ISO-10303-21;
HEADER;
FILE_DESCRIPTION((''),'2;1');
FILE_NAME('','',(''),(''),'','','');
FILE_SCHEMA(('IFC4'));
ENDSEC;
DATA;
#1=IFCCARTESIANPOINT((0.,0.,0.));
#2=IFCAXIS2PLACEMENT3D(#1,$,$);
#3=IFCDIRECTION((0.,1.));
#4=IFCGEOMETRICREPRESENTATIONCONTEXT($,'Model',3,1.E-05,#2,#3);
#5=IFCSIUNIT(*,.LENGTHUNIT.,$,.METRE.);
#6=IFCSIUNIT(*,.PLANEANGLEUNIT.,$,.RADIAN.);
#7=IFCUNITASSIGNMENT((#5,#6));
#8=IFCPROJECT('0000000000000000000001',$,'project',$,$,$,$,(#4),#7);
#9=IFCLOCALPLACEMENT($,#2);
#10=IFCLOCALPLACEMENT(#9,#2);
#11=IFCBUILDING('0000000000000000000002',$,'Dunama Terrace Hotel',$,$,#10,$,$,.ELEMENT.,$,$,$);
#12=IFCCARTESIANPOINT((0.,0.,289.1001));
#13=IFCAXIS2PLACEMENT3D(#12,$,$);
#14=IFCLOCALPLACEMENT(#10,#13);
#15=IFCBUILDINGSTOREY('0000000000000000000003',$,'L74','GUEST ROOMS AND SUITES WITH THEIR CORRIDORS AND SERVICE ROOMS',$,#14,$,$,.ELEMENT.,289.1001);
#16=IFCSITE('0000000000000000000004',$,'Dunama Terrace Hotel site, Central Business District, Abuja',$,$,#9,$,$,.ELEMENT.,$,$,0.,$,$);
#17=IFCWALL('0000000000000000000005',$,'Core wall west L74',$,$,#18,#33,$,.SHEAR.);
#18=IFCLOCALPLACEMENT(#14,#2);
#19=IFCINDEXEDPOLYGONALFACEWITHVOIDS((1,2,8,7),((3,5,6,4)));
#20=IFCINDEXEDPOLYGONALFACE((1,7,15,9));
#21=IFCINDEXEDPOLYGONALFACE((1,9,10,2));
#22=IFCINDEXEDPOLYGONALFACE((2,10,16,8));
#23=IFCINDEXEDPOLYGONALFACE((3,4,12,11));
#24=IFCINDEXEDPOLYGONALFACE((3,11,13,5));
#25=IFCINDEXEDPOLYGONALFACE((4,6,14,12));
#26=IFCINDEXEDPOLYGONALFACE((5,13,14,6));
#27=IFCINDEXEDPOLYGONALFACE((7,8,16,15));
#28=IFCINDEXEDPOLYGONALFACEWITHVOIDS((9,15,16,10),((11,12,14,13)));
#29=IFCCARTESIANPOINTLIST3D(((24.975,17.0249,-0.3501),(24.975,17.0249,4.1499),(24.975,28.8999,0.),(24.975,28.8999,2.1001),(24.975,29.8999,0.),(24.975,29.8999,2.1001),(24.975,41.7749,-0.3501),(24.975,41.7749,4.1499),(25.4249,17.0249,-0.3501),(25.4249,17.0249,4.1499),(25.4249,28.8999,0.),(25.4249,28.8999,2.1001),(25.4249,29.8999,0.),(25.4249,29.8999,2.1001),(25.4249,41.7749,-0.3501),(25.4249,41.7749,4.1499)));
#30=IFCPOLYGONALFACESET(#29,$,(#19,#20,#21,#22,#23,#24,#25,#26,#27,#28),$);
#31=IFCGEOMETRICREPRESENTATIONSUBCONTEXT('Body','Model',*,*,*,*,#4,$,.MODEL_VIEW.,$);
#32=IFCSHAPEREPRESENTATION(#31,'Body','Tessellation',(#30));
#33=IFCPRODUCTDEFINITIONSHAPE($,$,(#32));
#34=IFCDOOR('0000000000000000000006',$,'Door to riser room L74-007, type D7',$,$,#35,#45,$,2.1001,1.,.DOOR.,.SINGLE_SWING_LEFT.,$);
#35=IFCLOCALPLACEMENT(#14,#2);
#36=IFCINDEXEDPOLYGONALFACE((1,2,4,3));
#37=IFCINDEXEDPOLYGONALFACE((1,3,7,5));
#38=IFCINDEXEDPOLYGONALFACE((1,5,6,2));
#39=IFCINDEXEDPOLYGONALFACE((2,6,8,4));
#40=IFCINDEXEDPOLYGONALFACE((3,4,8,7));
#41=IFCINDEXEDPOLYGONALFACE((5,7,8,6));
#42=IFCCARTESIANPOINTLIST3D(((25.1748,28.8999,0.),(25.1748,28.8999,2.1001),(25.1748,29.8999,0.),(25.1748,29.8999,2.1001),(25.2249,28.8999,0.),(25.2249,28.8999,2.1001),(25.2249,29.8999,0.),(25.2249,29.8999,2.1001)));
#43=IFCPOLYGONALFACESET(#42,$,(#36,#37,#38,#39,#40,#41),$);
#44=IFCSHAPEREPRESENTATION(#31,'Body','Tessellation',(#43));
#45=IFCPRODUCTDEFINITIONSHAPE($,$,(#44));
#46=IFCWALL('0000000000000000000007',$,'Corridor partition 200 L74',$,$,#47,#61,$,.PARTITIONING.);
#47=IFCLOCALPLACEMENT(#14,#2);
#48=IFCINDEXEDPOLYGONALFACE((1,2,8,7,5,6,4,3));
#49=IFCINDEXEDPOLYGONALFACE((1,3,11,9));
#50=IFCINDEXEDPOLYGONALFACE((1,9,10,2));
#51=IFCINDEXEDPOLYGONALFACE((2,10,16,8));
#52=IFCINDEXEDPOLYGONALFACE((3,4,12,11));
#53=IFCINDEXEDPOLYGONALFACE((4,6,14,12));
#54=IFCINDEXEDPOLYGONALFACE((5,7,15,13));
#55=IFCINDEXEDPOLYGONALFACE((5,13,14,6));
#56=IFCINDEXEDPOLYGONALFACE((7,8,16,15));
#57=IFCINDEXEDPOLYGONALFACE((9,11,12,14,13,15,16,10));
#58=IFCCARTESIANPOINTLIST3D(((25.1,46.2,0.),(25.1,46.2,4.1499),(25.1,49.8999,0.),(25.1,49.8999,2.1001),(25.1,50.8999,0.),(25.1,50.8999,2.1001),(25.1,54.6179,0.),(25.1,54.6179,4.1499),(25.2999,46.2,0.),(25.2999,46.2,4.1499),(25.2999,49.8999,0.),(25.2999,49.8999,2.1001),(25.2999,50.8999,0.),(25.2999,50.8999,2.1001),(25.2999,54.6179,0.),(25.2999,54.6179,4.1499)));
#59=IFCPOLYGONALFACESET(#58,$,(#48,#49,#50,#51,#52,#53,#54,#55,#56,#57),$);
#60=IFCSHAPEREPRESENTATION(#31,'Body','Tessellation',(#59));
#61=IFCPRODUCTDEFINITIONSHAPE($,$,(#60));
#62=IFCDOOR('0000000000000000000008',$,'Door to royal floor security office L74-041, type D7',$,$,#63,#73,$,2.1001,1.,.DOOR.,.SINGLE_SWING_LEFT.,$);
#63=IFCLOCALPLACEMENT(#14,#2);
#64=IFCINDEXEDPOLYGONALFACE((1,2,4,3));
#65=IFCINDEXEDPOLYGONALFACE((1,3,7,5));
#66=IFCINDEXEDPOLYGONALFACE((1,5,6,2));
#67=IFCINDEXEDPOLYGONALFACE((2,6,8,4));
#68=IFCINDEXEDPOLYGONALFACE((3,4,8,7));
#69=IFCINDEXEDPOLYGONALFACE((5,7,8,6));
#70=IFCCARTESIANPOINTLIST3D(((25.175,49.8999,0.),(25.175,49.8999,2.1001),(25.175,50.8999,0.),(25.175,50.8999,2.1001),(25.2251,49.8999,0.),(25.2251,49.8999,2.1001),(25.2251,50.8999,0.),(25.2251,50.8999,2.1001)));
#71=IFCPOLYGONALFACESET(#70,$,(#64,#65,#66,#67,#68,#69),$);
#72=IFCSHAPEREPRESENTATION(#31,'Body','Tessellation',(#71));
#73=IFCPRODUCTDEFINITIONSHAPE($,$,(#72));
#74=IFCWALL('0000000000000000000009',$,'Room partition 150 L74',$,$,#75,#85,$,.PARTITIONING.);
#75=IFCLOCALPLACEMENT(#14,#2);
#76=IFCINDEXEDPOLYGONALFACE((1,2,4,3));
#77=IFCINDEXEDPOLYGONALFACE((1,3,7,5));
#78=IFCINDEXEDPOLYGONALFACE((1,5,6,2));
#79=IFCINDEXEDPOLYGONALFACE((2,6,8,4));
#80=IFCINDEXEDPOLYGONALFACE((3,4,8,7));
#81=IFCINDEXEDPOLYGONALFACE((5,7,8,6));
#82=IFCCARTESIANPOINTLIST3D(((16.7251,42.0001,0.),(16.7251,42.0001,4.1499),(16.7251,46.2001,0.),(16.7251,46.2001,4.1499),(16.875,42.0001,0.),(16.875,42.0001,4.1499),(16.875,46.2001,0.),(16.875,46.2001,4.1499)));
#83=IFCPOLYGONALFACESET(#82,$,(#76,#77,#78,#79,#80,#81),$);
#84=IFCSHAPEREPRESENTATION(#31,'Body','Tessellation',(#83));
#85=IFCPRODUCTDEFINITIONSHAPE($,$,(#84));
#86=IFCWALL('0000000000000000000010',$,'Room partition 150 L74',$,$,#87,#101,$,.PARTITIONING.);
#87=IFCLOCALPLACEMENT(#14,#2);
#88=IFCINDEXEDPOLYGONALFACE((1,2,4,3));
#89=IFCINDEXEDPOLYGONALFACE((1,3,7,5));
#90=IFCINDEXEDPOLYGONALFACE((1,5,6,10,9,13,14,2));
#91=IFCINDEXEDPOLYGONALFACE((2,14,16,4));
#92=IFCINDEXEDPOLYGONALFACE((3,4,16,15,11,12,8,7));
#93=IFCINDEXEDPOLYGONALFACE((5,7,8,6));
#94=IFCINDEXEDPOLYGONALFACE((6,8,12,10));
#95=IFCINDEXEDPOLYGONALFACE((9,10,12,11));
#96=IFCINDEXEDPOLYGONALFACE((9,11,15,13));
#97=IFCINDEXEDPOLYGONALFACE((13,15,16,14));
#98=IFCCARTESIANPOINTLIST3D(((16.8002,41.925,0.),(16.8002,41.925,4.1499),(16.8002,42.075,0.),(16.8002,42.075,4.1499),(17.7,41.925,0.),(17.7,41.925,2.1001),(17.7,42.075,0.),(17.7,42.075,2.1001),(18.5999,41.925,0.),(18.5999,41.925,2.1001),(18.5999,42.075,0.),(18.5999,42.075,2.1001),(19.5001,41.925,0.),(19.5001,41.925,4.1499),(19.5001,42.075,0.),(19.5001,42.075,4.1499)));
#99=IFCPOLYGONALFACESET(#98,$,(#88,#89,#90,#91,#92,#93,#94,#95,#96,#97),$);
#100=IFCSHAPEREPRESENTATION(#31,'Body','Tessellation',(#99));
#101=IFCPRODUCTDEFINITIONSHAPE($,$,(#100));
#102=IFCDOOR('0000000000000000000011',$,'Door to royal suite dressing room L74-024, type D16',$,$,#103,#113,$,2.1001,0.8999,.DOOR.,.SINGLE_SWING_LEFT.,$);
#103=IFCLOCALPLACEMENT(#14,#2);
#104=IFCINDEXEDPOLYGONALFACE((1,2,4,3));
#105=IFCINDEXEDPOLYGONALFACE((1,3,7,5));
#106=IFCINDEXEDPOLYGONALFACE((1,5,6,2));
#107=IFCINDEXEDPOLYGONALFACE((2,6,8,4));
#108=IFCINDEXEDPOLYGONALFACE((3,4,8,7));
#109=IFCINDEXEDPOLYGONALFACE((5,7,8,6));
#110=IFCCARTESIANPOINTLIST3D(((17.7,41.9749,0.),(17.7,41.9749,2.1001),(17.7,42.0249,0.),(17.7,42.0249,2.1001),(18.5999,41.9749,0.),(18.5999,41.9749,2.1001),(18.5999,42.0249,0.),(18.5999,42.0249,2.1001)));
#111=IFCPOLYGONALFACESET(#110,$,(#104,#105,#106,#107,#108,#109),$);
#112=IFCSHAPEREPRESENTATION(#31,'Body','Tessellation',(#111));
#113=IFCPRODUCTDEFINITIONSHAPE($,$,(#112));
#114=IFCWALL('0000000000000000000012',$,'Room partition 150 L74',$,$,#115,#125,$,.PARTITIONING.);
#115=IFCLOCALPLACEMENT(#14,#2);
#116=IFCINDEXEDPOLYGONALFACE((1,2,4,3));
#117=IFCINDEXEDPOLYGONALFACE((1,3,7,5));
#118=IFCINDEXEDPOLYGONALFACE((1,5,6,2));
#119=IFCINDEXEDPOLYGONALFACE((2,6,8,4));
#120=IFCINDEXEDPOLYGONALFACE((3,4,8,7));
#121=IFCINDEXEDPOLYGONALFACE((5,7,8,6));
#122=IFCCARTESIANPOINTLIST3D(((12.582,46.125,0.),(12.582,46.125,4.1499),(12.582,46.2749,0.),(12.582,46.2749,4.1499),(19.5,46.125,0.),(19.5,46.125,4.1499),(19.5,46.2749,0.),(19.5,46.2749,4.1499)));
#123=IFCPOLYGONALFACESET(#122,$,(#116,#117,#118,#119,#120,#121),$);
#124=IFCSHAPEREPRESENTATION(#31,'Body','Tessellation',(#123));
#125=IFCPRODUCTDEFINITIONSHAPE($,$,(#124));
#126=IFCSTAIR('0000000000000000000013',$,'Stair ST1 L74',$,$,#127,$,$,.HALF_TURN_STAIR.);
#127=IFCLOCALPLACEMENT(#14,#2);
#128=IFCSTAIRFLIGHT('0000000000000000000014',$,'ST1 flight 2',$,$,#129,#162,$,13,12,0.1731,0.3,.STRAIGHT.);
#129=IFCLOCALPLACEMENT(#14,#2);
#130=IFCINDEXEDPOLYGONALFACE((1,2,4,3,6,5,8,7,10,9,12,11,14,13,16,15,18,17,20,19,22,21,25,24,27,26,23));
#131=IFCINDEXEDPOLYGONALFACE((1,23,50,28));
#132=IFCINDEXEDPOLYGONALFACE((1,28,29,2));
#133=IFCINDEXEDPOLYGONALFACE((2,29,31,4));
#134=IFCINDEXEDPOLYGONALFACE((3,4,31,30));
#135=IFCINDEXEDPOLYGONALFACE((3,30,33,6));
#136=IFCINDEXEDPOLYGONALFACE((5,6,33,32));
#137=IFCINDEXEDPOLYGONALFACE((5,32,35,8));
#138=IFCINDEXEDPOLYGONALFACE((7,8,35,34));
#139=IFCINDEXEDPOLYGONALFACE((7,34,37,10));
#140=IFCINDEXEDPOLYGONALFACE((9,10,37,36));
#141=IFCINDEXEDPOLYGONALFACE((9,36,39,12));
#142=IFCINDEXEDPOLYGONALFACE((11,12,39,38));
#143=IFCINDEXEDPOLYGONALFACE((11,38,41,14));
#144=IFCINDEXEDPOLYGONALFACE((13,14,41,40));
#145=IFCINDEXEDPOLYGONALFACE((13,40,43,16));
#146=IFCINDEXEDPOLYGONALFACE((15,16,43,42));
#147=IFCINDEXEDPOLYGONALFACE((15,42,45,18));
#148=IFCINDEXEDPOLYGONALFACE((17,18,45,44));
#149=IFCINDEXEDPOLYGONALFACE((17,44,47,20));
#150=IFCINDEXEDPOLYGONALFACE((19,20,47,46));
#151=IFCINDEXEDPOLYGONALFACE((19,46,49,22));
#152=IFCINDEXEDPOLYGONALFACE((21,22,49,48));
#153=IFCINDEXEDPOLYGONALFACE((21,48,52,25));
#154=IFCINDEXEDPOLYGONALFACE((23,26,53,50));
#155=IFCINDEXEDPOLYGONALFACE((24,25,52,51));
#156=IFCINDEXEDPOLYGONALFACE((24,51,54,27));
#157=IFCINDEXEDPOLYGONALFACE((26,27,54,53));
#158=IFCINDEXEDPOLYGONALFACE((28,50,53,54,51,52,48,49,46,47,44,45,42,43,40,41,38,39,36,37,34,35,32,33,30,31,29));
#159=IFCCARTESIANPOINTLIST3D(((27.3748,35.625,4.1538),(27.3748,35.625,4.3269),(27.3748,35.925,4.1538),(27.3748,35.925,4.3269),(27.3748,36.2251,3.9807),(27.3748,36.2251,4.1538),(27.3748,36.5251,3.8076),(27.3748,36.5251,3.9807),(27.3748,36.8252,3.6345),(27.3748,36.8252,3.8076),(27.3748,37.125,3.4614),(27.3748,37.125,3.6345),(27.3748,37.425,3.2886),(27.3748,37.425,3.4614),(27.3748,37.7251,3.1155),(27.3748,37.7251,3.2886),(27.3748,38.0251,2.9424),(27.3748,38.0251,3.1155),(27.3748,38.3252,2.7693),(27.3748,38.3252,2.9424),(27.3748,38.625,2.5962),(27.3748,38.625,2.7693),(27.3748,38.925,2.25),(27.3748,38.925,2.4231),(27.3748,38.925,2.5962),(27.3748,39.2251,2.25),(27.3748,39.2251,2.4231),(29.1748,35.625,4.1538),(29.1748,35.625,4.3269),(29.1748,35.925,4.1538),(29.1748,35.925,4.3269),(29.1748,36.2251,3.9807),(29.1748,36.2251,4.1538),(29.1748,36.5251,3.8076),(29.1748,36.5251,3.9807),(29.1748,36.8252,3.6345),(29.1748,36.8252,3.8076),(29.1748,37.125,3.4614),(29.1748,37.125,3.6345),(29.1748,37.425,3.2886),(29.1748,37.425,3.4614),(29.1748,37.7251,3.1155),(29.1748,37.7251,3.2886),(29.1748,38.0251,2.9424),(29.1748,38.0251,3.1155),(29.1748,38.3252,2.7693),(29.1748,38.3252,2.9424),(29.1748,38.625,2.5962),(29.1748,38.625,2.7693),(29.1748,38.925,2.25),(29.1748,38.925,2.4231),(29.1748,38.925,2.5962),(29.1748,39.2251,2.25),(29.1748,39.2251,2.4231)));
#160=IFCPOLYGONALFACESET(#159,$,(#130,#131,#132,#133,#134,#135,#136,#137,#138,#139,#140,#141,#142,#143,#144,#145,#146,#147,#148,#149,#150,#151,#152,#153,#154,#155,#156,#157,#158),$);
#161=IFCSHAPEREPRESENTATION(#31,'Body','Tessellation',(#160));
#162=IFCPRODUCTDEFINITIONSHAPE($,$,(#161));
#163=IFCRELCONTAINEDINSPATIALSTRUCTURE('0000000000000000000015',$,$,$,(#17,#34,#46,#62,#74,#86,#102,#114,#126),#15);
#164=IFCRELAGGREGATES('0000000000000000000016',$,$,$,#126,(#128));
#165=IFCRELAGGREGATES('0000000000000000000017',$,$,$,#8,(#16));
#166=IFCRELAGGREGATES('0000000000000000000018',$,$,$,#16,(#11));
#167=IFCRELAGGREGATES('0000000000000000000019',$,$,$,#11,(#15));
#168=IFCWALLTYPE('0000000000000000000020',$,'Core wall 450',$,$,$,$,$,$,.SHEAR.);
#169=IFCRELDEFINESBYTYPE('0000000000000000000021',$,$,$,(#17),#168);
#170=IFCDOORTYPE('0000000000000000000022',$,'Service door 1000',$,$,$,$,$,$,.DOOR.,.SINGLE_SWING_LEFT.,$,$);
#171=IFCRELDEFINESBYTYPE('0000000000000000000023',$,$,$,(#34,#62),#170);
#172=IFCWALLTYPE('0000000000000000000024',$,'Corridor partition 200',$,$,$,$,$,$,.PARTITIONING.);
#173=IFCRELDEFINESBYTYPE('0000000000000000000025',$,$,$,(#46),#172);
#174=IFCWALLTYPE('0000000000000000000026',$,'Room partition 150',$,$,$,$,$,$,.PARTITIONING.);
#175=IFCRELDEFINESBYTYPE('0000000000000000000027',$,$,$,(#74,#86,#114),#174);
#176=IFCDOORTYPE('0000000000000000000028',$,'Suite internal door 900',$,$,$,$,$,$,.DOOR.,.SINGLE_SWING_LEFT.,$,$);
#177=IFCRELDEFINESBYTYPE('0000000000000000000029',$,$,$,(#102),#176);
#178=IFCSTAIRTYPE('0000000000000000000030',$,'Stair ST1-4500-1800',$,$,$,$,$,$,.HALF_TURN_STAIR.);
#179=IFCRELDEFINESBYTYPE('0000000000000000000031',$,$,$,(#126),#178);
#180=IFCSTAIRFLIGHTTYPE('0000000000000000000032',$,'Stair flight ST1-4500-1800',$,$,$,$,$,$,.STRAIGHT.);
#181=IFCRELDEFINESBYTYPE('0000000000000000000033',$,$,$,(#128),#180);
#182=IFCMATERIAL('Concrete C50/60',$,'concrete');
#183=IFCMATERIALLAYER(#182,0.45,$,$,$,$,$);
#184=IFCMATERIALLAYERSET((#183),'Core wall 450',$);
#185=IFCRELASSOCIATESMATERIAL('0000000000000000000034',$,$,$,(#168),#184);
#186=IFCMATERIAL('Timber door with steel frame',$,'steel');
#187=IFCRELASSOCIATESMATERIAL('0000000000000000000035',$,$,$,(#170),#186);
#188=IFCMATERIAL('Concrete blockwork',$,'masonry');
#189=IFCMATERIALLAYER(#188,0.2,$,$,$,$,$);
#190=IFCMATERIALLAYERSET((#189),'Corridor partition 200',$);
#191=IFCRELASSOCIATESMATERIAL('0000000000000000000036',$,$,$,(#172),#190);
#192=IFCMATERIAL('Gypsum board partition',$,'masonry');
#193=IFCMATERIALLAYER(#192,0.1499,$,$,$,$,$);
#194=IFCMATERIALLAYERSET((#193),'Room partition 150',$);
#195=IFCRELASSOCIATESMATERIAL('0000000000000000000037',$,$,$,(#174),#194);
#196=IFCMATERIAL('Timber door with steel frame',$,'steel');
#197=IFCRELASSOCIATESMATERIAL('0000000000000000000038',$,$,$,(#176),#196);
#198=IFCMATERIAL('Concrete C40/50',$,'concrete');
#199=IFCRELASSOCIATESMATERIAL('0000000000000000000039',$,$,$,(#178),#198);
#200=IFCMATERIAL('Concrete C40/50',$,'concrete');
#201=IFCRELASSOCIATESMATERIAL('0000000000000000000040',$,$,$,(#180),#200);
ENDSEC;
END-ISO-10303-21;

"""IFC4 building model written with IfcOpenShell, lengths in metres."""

from ifc_helpers import new_model, si_unit, direction, frame, frame_2d, origin, place, context, subcontext, project, spatial, polyline, rectangle, outline, extrude, material, layer, layer_set, type_object, element, fill, aggregate, save


model = new_model("IFC4")

# Units and contexts
model_context = context("Model", 3, precision=1e-05, world=origin(), true_north=direction((0.0, 1.0)))
body_context = subcontext(model_context, "Body", "Model", "MODEL_VIEW")
ifc_project = project(units=[si_unit("LENGTHUNIT", "METRE"), si_unit("PLANEANGLEUNIT", "RADIAN")], contexts=[model_context])

# Site, building, storey
site_placement = place(None, origin())
site = spatial("IfcSite", under=ifc_project, at=site_placement, Name="Dunama Terrace Hotel site, Central Business District, Abuja", CompositionType="ELEMENT", RefElevation=0.0)
building_placement = place(site_placement, origin())
building = spatial("IfcBuilding", under=site, at=building_placement, Name="Dunama Terrace Hotel", CompositionType="ELEMENT")
storey_placement = place(building_placement, frame((0.0, 0.0, 289.1001)))
storey = spatial("IfcBuildingStorey", under=building, at=storey_placement, Name="L74", Description="GUEST ROOMS AND SUITES WITH THEIR CORRIDORS AND SERVICE ROOMS", CompositionType="ELEMENT", Elevation=289.1001)

# Walls, openings, doors
ifc_material_1 = material(Name="Concrete C50/60", Category="concrete")
ifc_layer_1 = layer(ifc_material_1, 0.45)
ifc_layer_set_1 = layer_set([ifc_layer_1], Name="Core wall 450")
wall_type_1 = type_object("IfcWallType", Name="Core wall 450", PredefinedType="SHEAR", material=ifc_layer_set_1)
wall_1_placement = place(storey_placement, frame((25.2, 41.7749, -0.3501), z_axis=(0.0, 0.0, 1.0), x_axis=(0.0, -1.0, 0.0)))
wall_1 = element("IfcWall", 1, at=wall_1_placement, inside=storey, type_object=wall_type_1, Name="Core wall west L74", PredefinedType="SHEAR", context=body_context, shape_type="SweptSolid", body=[
    extrude(rectangle(XDim=24.75, YDim=0.45, at=frame_2d((12.375, 0.0))), origin(), (0.0, 0.0, 1.0), 4.5),
])
opening_1_placement = place(wall_1_placement, frame((11.875, 0.0, 0.3501)))
opening_1 = element("IfcOpeningElement", 2, at=opening_1_placement, cuts=wall_1, PredefinedType="OPENING", context=body_context, shape_type="SweptSolid", body=[
    extrude(rectangle(XDim=1.0, YDim=2.1001, at=frame_2d((0.5, 1.05))), frame((0.0, 0.2349, 0.0), z_axis=(0.0, -1.0, 0.0), x_axis=(1.0, 0.0, 0.0)), (0.0, 0.0, 1.0), 0.47),
])
ifc_material_2 = material(Name="Timber door with steel frame", Category="steel")
door_type_1 = type_object("IfcDoorType", Name="Service door 1000", OperationType="SINGLE_SWING_LEFT", PredefinedType="DOOR", material=ifc_material_2)
door_1_placement = place(opening_1_placement, origin())
door_1 = element("IfcDoor", 3, at=door_1_placement, inside=storey, type_object=door_type_1, Name="Door to riser room L74-007, type D7", OperationType="SINGLE_SWING_LEFT", OverallHeight=2.1001, OverallWidth=1.0, PredefinedType="DOOR", context=body_context, shape_type="SweptSolid", body=[
    extrude(rectangle(XDim=1.0, YDim=2.1001, at=frame_2d((0.5, 1.05))), frame((0.0, 0.0249, 0.0), z_axis=(0.0, -1.0, 0.0), x_axis=(1.0, 0.0, 0.0)), (0.0, 0.0, 1.0), 0.05),
])
fill(opening_1, door_1)
ifc_material_3 = material(Name="Concrete blockwork", Category="masonry")
ifc_layer_2 = layer(ifc_material_3, 0.2)
ifc_layer_set_2 = layer_set([ifc_layer_2], Name="Corridor partition 200")
wall_type_2 = type_object("IfcWallType", Name="Corridor partition 200", PredefinedType="PARTITIONING", material=ifc_layer_set_2)
wall_2_placement = place(storey_placement, frame((25.2, 46.2, 0.0), z_axis=(0.0, 0.0, 1.0), x_axis=(0.0, 1.0, 0.0)))
wall_2 = element("IfcWall", 4, at=wall_2_placement, inside=storey, type_object=wall_type_2, Name="Corridor partition 200 L74", PredefinedType="PARTITIONING", context=body_context, shape_type="SweptSolid", body=[
    extrude(rectangle(XDim=8.418, YDim=0.2, at=frame_2d((4.209, 0.0))), origin(), (0.0, 0.0, 1.0), 4.1499),
])
opening_2_placement = place(wall_2_placement, frame((3.7, 0.0, 0.0)))
opening_2 = element("IfcOpeningElement", 5, at=opening_2_placement, cuts=wall_2, PredefinedType="OPENING", context=body_context, shape_type="SweptSolid", body=[
    extrude(rectangle(XDim=1.0, YDim=2.1001, at=frame_2d((0.5, 1.05))), frame((0.0, 0.1099, 0.0), z_axis=(0.0, -1.0, 0.0), x_axis=(1.0, 0.0, 0.0)), (0.0, 0.0, 1.0), 0.22),
])
door_2_placement = place(opening_2_placement, frame((1.0, 0.0, 0.0), z_axis=(0.0, 0.0, 1.0), x_axis=(-1.0, 0.0, 0.0)))
door_2 = element("IfcDoor", 6, at=door_2_placement, inside=storey, type_object=door_type_1, Name="Door to royal floor security office L74-041, type D7", OperationType="SINGLE_SWING_LEFT", OverallHeight=2.1001, OverallWidth=1.0, PredefinedType="DOOR", context=body_context, shape_type="SweptSolid", body=[
    extrude(rectangle(XDim=1.0, YDim=2.1001, at=frame_2d((0.5, 1.05))), frame((0.0, 0.0251, 0.0), z_axis=(0.0, -1.0, 0.0), x_axis=(1.0, 0.0, 0.0)), (0.0, 0.0, 1.0), 0.05),
])
fill(opening_2, door_2)

# Wall
ifc_material_4 = material(Name="Gypsum board partition", Category="masonry")
ifc_layer_3 = layer(ifc_material_4, 0.1499)
ifc_layer_set_3 = layer_set([ifc_layer_3], Name="Room partition 150")
wall_type_3 = type_object("IfcWallType", Name="Room partition 150", PredefinedType="PARTITIONING", material=ifc_layer_set_3)
wall_3_placement = place(storey_placement, frame((16.8, 42.0, 0.0), z_axis=(0.0, 0.0, 1.0), x_axis=(0.0, 1.0, 0.0)))
element("IfcWall", 7, at=wall_3_placement, inside=storey, type_object=wall_type_3, Name="Room partition 150 L74", PredefinedType="PARTITIONING", context=body_context, shape_type="SweptSolid", body=[
    extrude(rectangle(XDim=4.2, YDim=0.1499, at=frame_2d((2.1001, 0.0))), origin(), (0.0, 0.0, 1.0), 4.1499),
])

# Wall, opening, door
wall_4_placement = place(storey_placement, frame((16.8, 42.0, 0.0), z_axis=(0.0, 0.0, 1.0), x_axis=(1.0, 0.0, 0.0)))
wall_4 = element("IfcWall", 8, at=wall_4_placement, inside=storey, type_object=wall_type_3, Name="Room partition 150 L74", PredefinedType="PARTITIONING", context=body_context, shape_type="SweptSolid", body=[
    extrude(rectangle(XDim=2.7, YDim=0.1499, at=frame_2d((1.3501, 0.0))), origin(), (0.0, 0.0, 1.0), 4.1499),
])
opening_3_placement = place(wall_4_placement, frame((0.8999, 0.0, 0.0)))
opening_3 = element("IfcOpeningElement", 9, at=opening_3_placement, cuts=wall_4, PredefinedType="OPENING", context=body_context, shape_type="SweptSolid", body=[
    extrude(rectangle(XDim=0.8999, YDim=2.1001, at=frame_2d((0.45, 1.05))), frame((0.0, 0.085, 0.0), z_axis=(0.0, -1.0, 0.0), x_axis=(1.0, 0.0, 0.0)), (0.0, 0.0, 1.0), 0.1699),
])
ifc_material_5 = material(Name="Timber door with steel frame", Category="steel")
door_type_2 = type_object("IfcDoorType", Name="Suite internal door 900", OperationType="SINGLE_SWING_LEFT", PredefinedType="DOOR", material=ifc_material_5)
door_3_placement = place(opening_3_placement, origin())
door_3 = element("IfcDoor", 10, at=door_3_placement, inside=storey, type_object=door_type_2, Name="Door to royal suite dressing room L74-024, type D16", OperationType="SINGLE_SWING_LEFT", OverallHeight=2.1001, OverallWidth=0.8999, PredefinedType="DOOR", context=body_context, shape_type="SweptSolid", body=[
    extrude(rectangle(XDim=0.8999, YDim=2.1001, at=frame_2d((0.45, 1.05))), frame((0.0, 0.0249, 0.0), z_axis=(0.0, -1.0, 0.0), x_axis=(1.0, 0.0, 0.0)), (0.0, 0.0, 1.0), 0.05),
])
fill(opening_3, door_3)

# Wall
wall_5_placement = place(storey_placement, frame((12.582, 46.2, 0.0), z_axis=(0.0, 0.0, 1.0), x_axis=(1.0, 0.0, 0.0)))
element("IfcWall", 11, at=wall_5_placement, inside=storey, type_object=wall_type_3, Name="Room partition 150 L74", PredefinedType="PARTITIONING", context=body_context, shape_type="SweptSolid", body=[
    extrude(rectangle(XDim=6.918, YDim=0.1499, at=frame_2d((3.459, 0.0))), origin(), (0.0, 0.0, 1.0), 4.1499),
])

# Stair, stair flight
ifc_material_6 = material(Name="Concrete C40/50", Category="concrete")
stair_type = type_object("IfcStairType", Name="Stair ST1-4500-1800", PredefinedType="HALF_TURN_STAIR", material=ifc_material_6)
stair_placement = place(storey_placement, origin())
stair = element("IfcStair", 12, at=stair_placement, inside=storey, type_object=stair_type, Name="Stair ST1 L74", PredefinedType="HALF_TURN_STAIR")
ifc_material_7 = material(Name="Concrete C40/50", Category="concrete")
stair_flight_type = type_object("IfcStairFlightType", Name="Stair flight ST1-4500-1800", PredefinedType="STRAIGHT", material=ifc_material_7)
stair_flight_placement = place(storey_placement, frame((28.2749, 39.2251, 2.25), z_axis=(0.0, 0.0, 1.0), x_axis=(0.0, -1.0, 0.0)))
stair_flight = element("IfcStairFlight", 13, at=stair_flight_placement, type_object=stair_flight_type, Name="ST1 flight 2", NumberOfRisers=13, NumberOfTreads=12, PredefinedType="STRAIGHT", RiserHeight=0.1731, TreadLength=0.3, context=body_context, shape_type="SweptSolid", body=[
    extrude(outline(polyline([(0.0, 0.0), (0.0, 0.1731), (0.3, 0.1731), (0.3, 0.3462), (0.6001, 0.3462), (0.6001, 0.5193), (0.8999, 0.5193), (0.8999, 0.6924), (1.2, 0.6924), (1.2, 0.8655), (1.5, 0.8655), (1.5, 1.0386), (1.8, 1.0386), (1.8, 1.2114), (2.1001, 1.2114), (2.1001, 1.3845), (2.3999, 1.3845), (2.3999, 1.5576), (2.7, 1.5576), (2.7, 1.7307), (3.0, 1.7307), (3.0, 1.9038), (3.3, 1.9038), (3.3, 2.0769), (3.6001, 2.0769), (3.6001, 2.25), (3.6001, 1.9038), (0.3, 0.0), (0.0, 0.0)])), frame((0.0, 0.8999, 0.0), z_axis=(0.0, -1.0, 0.0), x_axis=(1.0, 0.0, 0.0)), (0.0, 0.0, 1.0), 1.8),
])
aggregate(stair, [stair_flight])

save(model, "model.ifc")
